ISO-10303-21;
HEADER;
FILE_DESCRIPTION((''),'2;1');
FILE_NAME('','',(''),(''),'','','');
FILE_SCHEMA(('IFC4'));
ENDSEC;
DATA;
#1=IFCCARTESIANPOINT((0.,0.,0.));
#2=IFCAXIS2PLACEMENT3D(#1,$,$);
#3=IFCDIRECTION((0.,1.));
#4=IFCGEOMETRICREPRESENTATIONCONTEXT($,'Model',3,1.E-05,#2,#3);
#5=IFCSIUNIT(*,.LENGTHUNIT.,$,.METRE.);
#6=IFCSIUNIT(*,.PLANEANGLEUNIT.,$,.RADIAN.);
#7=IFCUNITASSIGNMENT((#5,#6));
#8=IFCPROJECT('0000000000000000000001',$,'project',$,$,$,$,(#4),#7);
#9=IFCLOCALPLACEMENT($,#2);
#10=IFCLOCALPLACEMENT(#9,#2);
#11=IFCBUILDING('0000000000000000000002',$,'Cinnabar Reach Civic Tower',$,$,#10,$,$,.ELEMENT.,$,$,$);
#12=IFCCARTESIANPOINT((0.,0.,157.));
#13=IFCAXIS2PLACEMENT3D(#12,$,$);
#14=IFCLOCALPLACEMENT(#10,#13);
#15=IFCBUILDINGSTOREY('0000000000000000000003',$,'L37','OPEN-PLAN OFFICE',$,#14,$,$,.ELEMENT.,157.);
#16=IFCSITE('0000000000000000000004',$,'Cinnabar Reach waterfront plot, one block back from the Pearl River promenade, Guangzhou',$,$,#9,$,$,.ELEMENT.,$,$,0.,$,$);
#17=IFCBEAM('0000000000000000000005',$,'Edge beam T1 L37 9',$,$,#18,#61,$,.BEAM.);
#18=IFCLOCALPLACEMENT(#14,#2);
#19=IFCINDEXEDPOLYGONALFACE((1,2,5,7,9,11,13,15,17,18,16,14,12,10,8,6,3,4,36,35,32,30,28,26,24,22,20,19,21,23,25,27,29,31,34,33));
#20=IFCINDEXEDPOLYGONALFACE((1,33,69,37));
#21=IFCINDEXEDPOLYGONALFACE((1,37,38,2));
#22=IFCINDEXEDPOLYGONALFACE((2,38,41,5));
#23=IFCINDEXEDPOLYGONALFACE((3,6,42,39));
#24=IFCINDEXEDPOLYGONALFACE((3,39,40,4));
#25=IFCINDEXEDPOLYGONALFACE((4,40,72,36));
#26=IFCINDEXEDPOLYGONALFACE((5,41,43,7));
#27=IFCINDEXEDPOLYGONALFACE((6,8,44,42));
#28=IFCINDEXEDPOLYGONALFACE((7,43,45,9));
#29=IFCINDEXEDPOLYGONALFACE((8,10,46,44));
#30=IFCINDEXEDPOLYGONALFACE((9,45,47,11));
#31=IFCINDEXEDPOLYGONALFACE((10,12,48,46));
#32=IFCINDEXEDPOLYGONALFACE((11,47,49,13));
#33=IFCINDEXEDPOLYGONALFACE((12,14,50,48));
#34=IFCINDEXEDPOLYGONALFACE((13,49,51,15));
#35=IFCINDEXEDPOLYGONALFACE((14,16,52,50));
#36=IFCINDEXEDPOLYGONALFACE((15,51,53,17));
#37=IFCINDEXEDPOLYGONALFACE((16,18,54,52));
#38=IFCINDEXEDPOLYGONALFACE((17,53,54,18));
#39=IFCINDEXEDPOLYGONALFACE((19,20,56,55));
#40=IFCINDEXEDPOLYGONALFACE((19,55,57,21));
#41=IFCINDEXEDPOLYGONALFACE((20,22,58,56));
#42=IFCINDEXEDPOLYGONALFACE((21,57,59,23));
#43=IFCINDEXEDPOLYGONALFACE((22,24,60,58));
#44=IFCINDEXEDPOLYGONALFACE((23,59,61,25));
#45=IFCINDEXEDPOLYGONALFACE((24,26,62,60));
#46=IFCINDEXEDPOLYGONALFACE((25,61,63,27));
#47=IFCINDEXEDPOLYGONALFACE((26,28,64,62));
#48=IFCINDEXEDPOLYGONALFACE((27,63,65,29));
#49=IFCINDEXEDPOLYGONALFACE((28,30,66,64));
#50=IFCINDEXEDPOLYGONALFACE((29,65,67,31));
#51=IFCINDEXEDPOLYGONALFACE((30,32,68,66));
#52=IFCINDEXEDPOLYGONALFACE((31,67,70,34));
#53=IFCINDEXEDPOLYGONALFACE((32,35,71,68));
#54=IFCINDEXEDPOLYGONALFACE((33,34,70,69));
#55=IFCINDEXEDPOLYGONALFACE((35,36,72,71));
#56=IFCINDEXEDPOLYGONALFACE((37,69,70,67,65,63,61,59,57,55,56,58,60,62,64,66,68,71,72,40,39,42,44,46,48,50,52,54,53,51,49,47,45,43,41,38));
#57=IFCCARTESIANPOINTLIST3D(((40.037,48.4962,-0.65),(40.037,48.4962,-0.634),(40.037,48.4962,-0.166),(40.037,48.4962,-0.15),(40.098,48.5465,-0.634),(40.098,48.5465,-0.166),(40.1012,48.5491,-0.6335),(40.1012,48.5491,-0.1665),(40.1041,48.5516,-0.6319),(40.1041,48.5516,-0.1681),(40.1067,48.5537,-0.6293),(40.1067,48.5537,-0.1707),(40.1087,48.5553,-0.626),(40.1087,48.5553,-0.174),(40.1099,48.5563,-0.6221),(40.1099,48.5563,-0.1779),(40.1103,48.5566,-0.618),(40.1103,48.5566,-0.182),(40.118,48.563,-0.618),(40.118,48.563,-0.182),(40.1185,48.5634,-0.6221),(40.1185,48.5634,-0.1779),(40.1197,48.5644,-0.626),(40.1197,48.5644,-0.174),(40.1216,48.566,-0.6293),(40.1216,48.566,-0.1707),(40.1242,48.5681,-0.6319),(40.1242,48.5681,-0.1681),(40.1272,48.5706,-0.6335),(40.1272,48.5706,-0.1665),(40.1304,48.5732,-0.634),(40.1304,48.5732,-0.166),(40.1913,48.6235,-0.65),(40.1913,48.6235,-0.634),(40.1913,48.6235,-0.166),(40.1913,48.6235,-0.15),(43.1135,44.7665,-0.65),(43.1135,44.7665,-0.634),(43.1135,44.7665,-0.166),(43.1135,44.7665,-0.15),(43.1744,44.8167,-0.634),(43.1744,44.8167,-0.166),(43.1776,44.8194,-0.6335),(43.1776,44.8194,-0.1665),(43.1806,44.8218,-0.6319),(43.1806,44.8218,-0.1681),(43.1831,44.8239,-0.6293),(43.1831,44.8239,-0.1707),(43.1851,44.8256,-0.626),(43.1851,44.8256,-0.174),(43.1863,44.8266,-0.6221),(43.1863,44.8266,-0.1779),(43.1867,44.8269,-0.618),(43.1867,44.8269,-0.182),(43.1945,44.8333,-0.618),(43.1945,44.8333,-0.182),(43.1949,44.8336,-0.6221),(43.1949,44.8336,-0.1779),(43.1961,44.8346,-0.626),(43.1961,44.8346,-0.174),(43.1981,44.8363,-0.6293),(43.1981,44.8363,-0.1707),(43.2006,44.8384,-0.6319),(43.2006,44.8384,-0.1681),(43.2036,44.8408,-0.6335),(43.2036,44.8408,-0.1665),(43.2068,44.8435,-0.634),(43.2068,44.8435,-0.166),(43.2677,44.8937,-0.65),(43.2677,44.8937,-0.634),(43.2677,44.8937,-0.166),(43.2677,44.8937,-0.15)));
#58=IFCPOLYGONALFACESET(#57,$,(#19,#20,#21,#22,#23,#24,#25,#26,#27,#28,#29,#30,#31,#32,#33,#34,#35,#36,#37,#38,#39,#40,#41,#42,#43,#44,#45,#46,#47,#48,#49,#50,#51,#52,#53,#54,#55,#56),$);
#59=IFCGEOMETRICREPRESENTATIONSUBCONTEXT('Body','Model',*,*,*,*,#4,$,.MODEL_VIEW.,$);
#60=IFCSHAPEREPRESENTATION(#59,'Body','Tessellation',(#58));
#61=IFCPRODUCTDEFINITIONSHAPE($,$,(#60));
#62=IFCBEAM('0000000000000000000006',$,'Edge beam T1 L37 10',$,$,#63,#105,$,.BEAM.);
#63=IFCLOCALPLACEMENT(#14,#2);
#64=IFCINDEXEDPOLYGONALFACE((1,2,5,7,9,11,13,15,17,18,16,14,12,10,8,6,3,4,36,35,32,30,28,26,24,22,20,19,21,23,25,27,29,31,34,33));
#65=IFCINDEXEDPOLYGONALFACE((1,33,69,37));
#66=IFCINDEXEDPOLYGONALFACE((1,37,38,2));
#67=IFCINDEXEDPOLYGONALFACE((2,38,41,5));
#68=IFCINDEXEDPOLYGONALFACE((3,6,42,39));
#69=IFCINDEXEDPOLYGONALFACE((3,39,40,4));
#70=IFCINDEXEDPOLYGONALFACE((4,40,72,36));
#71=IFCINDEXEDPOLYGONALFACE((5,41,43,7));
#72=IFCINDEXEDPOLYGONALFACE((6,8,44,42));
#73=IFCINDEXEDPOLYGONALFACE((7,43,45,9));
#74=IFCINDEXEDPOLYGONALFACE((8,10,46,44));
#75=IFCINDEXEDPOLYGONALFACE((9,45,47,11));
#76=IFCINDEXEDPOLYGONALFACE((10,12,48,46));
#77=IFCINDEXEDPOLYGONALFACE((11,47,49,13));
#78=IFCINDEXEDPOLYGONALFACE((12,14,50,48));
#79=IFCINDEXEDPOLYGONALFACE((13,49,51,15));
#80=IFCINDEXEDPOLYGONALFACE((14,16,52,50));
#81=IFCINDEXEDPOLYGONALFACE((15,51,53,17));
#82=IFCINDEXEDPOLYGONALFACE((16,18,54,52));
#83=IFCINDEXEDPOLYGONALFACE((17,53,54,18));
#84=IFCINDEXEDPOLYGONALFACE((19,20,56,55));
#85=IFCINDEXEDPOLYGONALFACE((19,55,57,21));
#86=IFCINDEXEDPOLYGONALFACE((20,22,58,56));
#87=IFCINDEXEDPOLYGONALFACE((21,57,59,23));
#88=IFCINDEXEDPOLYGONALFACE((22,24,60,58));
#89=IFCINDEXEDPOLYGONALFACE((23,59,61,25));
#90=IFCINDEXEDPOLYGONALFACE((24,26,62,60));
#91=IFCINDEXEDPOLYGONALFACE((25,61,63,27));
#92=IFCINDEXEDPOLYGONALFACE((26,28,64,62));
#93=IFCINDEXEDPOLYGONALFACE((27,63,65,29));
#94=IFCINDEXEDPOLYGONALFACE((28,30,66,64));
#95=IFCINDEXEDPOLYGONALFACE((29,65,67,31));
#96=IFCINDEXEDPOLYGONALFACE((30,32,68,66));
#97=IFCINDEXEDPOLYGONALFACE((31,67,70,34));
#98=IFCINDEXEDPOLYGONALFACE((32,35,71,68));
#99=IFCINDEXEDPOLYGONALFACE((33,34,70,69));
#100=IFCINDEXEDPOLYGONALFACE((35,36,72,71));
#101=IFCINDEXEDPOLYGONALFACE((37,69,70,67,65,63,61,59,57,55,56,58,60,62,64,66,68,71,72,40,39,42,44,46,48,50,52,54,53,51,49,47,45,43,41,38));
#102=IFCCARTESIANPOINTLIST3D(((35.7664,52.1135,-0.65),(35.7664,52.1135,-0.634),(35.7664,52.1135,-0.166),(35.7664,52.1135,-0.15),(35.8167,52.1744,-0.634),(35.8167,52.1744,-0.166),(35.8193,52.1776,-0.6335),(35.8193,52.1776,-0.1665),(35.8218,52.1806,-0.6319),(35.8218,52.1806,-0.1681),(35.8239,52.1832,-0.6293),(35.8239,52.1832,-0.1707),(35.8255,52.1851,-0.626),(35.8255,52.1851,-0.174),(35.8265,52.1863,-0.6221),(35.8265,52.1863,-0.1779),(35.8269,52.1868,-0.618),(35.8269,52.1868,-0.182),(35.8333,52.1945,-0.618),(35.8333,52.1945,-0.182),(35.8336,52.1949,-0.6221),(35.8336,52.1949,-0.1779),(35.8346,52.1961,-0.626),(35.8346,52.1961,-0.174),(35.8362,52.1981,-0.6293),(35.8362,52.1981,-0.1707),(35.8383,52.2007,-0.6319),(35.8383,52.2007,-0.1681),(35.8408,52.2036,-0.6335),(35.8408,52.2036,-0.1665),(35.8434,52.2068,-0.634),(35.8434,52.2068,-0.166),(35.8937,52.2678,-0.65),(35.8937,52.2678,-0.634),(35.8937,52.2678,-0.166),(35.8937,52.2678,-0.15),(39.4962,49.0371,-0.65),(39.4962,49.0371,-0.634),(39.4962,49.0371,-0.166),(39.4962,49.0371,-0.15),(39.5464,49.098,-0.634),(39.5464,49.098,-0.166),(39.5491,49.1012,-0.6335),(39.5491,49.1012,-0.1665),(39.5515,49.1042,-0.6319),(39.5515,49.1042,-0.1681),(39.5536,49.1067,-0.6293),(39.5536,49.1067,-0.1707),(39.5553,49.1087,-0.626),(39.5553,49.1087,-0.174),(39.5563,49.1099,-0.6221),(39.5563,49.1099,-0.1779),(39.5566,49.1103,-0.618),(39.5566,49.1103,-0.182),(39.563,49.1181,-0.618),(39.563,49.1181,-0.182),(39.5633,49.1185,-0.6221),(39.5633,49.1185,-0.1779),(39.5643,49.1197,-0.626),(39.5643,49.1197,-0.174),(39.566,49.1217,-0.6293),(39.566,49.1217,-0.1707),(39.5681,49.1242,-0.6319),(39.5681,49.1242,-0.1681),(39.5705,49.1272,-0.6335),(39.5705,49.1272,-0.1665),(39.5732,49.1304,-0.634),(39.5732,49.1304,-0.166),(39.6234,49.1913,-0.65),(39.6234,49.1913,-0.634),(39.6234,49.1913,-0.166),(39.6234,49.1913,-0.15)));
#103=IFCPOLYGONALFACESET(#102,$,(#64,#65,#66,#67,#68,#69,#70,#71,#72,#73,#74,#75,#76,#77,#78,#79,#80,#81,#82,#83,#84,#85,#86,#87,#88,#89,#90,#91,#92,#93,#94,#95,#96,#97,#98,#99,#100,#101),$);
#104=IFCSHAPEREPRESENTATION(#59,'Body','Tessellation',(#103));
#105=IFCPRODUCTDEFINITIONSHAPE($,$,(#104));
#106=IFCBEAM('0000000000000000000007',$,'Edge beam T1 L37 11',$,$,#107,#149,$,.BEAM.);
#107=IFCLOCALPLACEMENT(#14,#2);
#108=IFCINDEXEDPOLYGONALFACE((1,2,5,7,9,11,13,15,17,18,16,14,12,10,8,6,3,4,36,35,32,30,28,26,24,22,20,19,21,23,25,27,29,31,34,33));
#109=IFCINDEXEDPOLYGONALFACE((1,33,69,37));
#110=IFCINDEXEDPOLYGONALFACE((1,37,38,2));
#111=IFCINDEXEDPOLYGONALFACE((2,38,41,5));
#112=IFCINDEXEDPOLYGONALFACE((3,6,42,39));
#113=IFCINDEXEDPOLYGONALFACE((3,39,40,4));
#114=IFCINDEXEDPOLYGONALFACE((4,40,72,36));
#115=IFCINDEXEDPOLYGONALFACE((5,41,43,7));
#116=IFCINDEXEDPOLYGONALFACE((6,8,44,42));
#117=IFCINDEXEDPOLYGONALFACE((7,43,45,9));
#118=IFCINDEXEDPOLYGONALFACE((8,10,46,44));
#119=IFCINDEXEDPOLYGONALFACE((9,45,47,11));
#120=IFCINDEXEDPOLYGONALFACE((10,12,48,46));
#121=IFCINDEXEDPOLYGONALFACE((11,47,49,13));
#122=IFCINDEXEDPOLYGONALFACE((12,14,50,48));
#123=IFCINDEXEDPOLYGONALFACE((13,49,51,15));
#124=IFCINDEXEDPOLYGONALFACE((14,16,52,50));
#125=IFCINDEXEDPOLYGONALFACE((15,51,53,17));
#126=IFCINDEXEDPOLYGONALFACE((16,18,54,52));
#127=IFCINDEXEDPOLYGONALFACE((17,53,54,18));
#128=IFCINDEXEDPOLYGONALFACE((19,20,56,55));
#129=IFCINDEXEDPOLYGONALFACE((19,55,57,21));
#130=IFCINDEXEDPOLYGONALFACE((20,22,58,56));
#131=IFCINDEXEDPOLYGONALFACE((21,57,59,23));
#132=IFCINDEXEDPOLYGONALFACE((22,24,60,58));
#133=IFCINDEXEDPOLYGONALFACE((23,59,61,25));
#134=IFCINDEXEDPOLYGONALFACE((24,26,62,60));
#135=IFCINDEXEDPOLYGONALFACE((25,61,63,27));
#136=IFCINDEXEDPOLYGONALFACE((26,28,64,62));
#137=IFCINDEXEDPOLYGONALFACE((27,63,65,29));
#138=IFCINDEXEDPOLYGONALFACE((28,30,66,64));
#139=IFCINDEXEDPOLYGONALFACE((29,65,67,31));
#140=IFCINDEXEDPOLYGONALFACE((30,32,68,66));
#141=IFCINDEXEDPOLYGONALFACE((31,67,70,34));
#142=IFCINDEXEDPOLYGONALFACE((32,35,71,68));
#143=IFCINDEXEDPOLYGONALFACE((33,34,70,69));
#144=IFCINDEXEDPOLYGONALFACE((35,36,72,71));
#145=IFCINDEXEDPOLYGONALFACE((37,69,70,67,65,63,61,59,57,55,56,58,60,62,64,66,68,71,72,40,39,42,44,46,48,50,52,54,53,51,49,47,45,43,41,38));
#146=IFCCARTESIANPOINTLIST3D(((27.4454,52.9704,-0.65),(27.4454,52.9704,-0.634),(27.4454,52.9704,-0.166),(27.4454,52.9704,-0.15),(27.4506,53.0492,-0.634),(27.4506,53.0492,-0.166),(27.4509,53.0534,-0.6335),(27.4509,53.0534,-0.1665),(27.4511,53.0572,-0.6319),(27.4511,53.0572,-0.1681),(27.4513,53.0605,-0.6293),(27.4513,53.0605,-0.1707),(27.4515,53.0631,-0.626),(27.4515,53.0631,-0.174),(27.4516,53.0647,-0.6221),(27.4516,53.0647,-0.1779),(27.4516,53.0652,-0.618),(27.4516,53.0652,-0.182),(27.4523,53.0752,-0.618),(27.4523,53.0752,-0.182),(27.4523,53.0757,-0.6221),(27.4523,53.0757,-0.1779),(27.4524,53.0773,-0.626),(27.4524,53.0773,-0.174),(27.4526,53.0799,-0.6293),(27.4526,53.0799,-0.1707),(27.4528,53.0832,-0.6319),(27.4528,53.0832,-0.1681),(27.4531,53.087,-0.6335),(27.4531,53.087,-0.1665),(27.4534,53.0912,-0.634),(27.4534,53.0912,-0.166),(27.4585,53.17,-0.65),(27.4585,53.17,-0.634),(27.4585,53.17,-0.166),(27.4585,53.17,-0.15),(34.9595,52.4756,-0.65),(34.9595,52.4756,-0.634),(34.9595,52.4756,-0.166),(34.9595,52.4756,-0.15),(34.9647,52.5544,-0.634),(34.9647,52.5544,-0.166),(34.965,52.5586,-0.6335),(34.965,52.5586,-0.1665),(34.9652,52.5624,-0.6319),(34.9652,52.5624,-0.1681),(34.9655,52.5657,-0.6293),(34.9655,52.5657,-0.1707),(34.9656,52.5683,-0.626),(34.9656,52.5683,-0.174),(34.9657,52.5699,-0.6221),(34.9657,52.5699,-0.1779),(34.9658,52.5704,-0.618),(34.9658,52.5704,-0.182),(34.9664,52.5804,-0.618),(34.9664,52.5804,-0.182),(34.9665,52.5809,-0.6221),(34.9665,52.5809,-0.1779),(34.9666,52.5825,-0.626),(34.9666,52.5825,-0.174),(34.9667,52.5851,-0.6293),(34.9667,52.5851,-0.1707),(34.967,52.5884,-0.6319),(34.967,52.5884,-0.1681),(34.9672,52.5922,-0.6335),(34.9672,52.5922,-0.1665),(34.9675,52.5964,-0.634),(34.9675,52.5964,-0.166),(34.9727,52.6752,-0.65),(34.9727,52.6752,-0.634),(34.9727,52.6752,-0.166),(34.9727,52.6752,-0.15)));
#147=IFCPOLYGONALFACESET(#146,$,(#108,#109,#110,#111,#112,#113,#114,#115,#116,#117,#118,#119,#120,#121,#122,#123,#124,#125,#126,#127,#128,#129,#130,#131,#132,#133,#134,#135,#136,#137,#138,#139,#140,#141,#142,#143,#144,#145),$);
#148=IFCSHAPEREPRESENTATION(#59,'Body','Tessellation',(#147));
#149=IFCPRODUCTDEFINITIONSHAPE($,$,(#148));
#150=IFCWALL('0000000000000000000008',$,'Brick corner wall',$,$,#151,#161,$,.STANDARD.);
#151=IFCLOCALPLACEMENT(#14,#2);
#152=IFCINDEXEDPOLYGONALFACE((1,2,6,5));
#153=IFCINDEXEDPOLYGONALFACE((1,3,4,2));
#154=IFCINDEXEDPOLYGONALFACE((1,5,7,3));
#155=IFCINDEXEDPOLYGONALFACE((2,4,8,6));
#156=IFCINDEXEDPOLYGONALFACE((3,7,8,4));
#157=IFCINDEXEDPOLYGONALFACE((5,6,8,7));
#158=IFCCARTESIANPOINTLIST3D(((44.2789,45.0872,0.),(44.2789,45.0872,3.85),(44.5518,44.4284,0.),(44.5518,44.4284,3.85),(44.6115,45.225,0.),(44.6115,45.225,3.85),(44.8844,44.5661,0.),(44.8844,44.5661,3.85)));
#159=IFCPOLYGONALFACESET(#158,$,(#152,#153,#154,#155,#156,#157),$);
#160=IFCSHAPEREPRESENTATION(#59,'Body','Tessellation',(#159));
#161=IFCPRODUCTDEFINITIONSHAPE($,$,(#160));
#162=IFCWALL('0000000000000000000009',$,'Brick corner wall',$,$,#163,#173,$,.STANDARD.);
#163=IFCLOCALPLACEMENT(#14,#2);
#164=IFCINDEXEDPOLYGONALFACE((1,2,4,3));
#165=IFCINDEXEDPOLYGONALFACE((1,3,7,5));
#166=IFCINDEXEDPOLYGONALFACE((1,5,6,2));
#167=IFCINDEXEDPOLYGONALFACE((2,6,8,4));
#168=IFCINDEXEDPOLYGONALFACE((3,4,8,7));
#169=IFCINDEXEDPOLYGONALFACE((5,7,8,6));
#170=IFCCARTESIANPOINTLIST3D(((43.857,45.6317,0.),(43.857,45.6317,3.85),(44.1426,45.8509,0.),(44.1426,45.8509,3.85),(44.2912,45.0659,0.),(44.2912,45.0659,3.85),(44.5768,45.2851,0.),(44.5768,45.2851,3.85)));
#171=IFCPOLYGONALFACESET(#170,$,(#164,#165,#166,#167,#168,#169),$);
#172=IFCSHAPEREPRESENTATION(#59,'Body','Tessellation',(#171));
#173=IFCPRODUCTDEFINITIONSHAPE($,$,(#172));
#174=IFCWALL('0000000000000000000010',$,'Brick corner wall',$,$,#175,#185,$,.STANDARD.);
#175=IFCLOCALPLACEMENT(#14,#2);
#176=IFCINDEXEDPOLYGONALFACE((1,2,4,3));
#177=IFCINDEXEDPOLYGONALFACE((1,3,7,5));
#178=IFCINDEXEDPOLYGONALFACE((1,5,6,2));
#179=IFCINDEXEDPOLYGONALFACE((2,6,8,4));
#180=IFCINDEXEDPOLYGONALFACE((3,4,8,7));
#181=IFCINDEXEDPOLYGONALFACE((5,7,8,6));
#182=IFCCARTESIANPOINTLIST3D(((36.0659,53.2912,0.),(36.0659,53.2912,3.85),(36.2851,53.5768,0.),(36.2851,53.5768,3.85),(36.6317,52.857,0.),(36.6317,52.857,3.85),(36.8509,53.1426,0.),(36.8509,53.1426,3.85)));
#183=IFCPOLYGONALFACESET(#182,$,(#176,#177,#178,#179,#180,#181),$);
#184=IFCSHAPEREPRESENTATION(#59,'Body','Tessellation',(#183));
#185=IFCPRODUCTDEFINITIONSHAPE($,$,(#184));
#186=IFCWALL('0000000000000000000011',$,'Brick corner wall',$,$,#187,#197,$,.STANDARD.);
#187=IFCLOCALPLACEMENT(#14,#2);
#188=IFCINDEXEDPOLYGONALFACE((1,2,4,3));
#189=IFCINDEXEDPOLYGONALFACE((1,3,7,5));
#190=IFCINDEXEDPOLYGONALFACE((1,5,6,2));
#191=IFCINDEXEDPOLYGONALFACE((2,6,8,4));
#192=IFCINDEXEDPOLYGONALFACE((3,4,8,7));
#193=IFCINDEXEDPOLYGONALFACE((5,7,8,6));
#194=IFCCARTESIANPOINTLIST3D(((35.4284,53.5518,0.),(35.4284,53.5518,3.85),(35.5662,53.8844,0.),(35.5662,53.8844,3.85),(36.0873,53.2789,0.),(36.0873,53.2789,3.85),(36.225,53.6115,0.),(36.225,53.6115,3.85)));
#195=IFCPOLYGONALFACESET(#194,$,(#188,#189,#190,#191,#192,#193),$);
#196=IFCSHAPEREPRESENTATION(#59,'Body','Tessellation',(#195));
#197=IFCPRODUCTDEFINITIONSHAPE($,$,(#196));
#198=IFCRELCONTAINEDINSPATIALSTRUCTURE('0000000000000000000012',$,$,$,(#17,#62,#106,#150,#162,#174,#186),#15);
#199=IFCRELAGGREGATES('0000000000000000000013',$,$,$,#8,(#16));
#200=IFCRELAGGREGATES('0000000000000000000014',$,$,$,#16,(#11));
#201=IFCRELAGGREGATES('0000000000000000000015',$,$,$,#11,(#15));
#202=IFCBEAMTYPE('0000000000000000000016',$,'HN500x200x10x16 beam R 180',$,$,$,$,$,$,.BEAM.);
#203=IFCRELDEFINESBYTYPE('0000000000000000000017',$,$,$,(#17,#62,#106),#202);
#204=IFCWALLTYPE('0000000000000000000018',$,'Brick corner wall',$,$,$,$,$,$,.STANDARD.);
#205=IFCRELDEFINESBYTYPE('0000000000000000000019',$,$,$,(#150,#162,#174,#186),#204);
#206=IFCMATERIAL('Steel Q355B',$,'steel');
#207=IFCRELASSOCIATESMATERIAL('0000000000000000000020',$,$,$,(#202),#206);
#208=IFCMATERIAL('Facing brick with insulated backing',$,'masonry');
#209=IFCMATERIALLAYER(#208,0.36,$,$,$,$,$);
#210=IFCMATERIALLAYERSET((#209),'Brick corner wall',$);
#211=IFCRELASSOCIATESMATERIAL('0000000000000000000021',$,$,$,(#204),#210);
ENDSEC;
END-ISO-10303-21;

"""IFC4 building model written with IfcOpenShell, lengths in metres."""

from ifc_helpers import new_model, si_unit, direction, frame, frame_2d, origin, origin_2d, place, context, subcontext, project, spatial, rectangle, i_section, extrude, material, layer, layer_set, material_profile, profile_set, type_object, element, save


model = new_model("IFC4")

# Units and contexts
model_context = context("Model", 3, precision=1e-05, world=origin(), true_north=direction((0.0, 1.0)))
body_context = subcontext(model_context, "Body", "Model", "MODEL_VIEW")
ifc_project = project(units=[si_unit("LENGTHUNIT", "METRE"), si_unit("PLANEANGLEUNIT", "RADIAN")], contexts=[model_context])

# Site, building, storey
site_placement = place(None, origin())
site = spatial("IfcSite", under=ifc_project, at=site_placement, Name="Cinnabar Reach waterfront plot, one block back from the Pearl River promenade, Guangzhou", CompositionType="ELEMENT", RefElevation=0.0)
building_placement = place(site_placement, origin())
building = spatial("IfcBuilding", under=site, at=building_placement, Name="Cinnabar Reach Civic Tower", CompositionType="ELEMENT")
storey_placement = place(building_placement, frame((0.0, 0.0, 157.0)))
storey = spatial("IfcBuildingStorey", under=building, at=storey_placement, Name="L37", Description="OPEN-PLAN OFFICE", CompositionType="ELEMENT", Elevation=157.0)

# Beams
ifc_material_1 = material(Name="Steel Q355B", Category="steel")
ifc_material_profile_1 = material_profile(ifc_material_1, i_section(OverallWidth=0.2, OverallDepth=0.5, WebThickness=0.01, FlangeThickness=0.016, FilletRadius=0.016, at=origin_2d()), Name="HN500x200x10x16")
ifc_profile_set_1 = profile_set([ifc_material_profile_1], Name="Steel Q355B")
beam_type_1 = type_object("IfcBeamType", Name="HN500x200x10x16 beam R 180", PredefinedType="BEAM", material=ifc_profile_set_1)
for number, where, z_axis, x_axis, name in (
    (1, (43.1906, 44.8301, -0.4), (-0.636309, 0.771434, 0.0), (-0.771434, -0.636309, 0.0), "Edge beam T1 L37 9"),
    (2, (39.5598, 49.1142, -0.4), (-0.771434, 0.636309, 0.0), (-0.636309, -0.771434, 0.0), "Edge beam T1 L37 10"),
):
    element("IfcBeam", number, at=place(storey_placement, frame(where, z_axis=z_axis, x_axis=x_axis)), inside=storey, type_object=beam_type_1, Name=name, PredefinedType="BEAM", context=body_context, shape_type="SweptSolid", body=[
        extrude(i_section(OverallWidth=0.2, OverallDepth=0.5, WebThickness=0.01, FlangeThickness=0.016, FilletRadius=0.016, at=origin_2d()), origin(), (0.0, 0.0, 1.0), 4.8348),
    ])
beam_1_placement = place(storey_placement, frame((34.9661, 52.5754, -0.4), z_axis=(-0.997839, 0.065707, 0.0), x_axis=(-0.065707, -0.997839, 0.0)))
element("IfcBeam", 3, at=beam_1_placement, inside=storey, type_object=beam_type_1, Name="Edge beam T1 L37 11", PredefinedType="BEAM", context=body_context, shape_type="SweptSolid", body=[
    extrude(i_section(OverallWidth=0.2, OverallDepth=0.5, WebThickness=0.01, FlangeThickness=0.016, FilletRadius=0.016, at=origin_2d()), origin(), (0.0, 0.0, 1.0), 7.5304),
])

# Walls
ifc_material_2 = material(Name="Facing brick with insulated backing", Category="masonry")
ifc_layer_1 = layer(ifc_material_2, 0.36)
ifc_layer_set_1 = layer_set([ifc_layer_1], Name="Brick corner wall")
wall_type_1 = type_object("IfcWallType", Name="Brick corner wall", PredefinedType="STANDARD", material=ifc_layer_set_1)
wall_1_placement = place(storey_placement, frame((44.7181, 44.4973, 0.0), z_axis=(0.0, 0.0, 1.0), x_axis=(-0.382703, 0.923872, 0.0)))
element("IfcWall", 4, at=wall_1_placement, inside=storey, type_object=wall_type_1, Name="Brick corner wall", PredefinedType="STANDARD", context=body_context, shape_type="SweptSolid", body=[
    extrude(rectangle(XDim=0.7131, YDim=0.36, at=frame_2d((0.3565, 0.0))), origin(), (0.0, 0.0, 1.0), 3.85),
])
for number, where, z_axis, x_axis, name in (
    (5, (44.434, 45.1755, 0.0), (0.0, 0.0, 1.0), (-0.608802, 0.793322, 0.0), "Brick corner wall"),
    (6, (36.7413, 52.9998, 0.0), (0.0, 0.0, 1.0), (-0.793322, 0.608802, 0.0), "Brick corner wall"),
):
    element("IfcWall", number, at=place(storey_placement, frame(where, z_axis=z_axis, x_axis=x_axis)), inside=storey, type_object=wall_type_1, Name=name, PredefinedType="STANDARD", context=body_context, shape_type="SweptSolid", body=[
        extrude(rectangle(XDim=0.7132, YDim=0.36, at=frame_2d((0.3566, 0.0))), origin(), (0.0, 0.0, 1.0), 3.85),
    ])
for number, where, z_axis, x_axis, name in (
    (7, (36.1561, 53.4452, 0.0), (0.0, 0.0, 1.0), (-0.923872, 0.382703, 0.0), "Brick corner wall"),
):
    element("IfcWall", number, at=place(storey_placement, frame(where, z_axis=z_axis, x_axis=x_axis)), inside=storey, type_object=wall_type_1, Name=name, PredefinedType="STANDARD", context=body_context, shape_type="SweptSolid", body=[
        extrude(rectangle(XDim=0.7131, YDim=0.36, at=frame_2d((0.3565, 0.0))), origin(), (0.0, 0.0, 1.0), 3.85),
    ])

save(model, "model.ifc")
